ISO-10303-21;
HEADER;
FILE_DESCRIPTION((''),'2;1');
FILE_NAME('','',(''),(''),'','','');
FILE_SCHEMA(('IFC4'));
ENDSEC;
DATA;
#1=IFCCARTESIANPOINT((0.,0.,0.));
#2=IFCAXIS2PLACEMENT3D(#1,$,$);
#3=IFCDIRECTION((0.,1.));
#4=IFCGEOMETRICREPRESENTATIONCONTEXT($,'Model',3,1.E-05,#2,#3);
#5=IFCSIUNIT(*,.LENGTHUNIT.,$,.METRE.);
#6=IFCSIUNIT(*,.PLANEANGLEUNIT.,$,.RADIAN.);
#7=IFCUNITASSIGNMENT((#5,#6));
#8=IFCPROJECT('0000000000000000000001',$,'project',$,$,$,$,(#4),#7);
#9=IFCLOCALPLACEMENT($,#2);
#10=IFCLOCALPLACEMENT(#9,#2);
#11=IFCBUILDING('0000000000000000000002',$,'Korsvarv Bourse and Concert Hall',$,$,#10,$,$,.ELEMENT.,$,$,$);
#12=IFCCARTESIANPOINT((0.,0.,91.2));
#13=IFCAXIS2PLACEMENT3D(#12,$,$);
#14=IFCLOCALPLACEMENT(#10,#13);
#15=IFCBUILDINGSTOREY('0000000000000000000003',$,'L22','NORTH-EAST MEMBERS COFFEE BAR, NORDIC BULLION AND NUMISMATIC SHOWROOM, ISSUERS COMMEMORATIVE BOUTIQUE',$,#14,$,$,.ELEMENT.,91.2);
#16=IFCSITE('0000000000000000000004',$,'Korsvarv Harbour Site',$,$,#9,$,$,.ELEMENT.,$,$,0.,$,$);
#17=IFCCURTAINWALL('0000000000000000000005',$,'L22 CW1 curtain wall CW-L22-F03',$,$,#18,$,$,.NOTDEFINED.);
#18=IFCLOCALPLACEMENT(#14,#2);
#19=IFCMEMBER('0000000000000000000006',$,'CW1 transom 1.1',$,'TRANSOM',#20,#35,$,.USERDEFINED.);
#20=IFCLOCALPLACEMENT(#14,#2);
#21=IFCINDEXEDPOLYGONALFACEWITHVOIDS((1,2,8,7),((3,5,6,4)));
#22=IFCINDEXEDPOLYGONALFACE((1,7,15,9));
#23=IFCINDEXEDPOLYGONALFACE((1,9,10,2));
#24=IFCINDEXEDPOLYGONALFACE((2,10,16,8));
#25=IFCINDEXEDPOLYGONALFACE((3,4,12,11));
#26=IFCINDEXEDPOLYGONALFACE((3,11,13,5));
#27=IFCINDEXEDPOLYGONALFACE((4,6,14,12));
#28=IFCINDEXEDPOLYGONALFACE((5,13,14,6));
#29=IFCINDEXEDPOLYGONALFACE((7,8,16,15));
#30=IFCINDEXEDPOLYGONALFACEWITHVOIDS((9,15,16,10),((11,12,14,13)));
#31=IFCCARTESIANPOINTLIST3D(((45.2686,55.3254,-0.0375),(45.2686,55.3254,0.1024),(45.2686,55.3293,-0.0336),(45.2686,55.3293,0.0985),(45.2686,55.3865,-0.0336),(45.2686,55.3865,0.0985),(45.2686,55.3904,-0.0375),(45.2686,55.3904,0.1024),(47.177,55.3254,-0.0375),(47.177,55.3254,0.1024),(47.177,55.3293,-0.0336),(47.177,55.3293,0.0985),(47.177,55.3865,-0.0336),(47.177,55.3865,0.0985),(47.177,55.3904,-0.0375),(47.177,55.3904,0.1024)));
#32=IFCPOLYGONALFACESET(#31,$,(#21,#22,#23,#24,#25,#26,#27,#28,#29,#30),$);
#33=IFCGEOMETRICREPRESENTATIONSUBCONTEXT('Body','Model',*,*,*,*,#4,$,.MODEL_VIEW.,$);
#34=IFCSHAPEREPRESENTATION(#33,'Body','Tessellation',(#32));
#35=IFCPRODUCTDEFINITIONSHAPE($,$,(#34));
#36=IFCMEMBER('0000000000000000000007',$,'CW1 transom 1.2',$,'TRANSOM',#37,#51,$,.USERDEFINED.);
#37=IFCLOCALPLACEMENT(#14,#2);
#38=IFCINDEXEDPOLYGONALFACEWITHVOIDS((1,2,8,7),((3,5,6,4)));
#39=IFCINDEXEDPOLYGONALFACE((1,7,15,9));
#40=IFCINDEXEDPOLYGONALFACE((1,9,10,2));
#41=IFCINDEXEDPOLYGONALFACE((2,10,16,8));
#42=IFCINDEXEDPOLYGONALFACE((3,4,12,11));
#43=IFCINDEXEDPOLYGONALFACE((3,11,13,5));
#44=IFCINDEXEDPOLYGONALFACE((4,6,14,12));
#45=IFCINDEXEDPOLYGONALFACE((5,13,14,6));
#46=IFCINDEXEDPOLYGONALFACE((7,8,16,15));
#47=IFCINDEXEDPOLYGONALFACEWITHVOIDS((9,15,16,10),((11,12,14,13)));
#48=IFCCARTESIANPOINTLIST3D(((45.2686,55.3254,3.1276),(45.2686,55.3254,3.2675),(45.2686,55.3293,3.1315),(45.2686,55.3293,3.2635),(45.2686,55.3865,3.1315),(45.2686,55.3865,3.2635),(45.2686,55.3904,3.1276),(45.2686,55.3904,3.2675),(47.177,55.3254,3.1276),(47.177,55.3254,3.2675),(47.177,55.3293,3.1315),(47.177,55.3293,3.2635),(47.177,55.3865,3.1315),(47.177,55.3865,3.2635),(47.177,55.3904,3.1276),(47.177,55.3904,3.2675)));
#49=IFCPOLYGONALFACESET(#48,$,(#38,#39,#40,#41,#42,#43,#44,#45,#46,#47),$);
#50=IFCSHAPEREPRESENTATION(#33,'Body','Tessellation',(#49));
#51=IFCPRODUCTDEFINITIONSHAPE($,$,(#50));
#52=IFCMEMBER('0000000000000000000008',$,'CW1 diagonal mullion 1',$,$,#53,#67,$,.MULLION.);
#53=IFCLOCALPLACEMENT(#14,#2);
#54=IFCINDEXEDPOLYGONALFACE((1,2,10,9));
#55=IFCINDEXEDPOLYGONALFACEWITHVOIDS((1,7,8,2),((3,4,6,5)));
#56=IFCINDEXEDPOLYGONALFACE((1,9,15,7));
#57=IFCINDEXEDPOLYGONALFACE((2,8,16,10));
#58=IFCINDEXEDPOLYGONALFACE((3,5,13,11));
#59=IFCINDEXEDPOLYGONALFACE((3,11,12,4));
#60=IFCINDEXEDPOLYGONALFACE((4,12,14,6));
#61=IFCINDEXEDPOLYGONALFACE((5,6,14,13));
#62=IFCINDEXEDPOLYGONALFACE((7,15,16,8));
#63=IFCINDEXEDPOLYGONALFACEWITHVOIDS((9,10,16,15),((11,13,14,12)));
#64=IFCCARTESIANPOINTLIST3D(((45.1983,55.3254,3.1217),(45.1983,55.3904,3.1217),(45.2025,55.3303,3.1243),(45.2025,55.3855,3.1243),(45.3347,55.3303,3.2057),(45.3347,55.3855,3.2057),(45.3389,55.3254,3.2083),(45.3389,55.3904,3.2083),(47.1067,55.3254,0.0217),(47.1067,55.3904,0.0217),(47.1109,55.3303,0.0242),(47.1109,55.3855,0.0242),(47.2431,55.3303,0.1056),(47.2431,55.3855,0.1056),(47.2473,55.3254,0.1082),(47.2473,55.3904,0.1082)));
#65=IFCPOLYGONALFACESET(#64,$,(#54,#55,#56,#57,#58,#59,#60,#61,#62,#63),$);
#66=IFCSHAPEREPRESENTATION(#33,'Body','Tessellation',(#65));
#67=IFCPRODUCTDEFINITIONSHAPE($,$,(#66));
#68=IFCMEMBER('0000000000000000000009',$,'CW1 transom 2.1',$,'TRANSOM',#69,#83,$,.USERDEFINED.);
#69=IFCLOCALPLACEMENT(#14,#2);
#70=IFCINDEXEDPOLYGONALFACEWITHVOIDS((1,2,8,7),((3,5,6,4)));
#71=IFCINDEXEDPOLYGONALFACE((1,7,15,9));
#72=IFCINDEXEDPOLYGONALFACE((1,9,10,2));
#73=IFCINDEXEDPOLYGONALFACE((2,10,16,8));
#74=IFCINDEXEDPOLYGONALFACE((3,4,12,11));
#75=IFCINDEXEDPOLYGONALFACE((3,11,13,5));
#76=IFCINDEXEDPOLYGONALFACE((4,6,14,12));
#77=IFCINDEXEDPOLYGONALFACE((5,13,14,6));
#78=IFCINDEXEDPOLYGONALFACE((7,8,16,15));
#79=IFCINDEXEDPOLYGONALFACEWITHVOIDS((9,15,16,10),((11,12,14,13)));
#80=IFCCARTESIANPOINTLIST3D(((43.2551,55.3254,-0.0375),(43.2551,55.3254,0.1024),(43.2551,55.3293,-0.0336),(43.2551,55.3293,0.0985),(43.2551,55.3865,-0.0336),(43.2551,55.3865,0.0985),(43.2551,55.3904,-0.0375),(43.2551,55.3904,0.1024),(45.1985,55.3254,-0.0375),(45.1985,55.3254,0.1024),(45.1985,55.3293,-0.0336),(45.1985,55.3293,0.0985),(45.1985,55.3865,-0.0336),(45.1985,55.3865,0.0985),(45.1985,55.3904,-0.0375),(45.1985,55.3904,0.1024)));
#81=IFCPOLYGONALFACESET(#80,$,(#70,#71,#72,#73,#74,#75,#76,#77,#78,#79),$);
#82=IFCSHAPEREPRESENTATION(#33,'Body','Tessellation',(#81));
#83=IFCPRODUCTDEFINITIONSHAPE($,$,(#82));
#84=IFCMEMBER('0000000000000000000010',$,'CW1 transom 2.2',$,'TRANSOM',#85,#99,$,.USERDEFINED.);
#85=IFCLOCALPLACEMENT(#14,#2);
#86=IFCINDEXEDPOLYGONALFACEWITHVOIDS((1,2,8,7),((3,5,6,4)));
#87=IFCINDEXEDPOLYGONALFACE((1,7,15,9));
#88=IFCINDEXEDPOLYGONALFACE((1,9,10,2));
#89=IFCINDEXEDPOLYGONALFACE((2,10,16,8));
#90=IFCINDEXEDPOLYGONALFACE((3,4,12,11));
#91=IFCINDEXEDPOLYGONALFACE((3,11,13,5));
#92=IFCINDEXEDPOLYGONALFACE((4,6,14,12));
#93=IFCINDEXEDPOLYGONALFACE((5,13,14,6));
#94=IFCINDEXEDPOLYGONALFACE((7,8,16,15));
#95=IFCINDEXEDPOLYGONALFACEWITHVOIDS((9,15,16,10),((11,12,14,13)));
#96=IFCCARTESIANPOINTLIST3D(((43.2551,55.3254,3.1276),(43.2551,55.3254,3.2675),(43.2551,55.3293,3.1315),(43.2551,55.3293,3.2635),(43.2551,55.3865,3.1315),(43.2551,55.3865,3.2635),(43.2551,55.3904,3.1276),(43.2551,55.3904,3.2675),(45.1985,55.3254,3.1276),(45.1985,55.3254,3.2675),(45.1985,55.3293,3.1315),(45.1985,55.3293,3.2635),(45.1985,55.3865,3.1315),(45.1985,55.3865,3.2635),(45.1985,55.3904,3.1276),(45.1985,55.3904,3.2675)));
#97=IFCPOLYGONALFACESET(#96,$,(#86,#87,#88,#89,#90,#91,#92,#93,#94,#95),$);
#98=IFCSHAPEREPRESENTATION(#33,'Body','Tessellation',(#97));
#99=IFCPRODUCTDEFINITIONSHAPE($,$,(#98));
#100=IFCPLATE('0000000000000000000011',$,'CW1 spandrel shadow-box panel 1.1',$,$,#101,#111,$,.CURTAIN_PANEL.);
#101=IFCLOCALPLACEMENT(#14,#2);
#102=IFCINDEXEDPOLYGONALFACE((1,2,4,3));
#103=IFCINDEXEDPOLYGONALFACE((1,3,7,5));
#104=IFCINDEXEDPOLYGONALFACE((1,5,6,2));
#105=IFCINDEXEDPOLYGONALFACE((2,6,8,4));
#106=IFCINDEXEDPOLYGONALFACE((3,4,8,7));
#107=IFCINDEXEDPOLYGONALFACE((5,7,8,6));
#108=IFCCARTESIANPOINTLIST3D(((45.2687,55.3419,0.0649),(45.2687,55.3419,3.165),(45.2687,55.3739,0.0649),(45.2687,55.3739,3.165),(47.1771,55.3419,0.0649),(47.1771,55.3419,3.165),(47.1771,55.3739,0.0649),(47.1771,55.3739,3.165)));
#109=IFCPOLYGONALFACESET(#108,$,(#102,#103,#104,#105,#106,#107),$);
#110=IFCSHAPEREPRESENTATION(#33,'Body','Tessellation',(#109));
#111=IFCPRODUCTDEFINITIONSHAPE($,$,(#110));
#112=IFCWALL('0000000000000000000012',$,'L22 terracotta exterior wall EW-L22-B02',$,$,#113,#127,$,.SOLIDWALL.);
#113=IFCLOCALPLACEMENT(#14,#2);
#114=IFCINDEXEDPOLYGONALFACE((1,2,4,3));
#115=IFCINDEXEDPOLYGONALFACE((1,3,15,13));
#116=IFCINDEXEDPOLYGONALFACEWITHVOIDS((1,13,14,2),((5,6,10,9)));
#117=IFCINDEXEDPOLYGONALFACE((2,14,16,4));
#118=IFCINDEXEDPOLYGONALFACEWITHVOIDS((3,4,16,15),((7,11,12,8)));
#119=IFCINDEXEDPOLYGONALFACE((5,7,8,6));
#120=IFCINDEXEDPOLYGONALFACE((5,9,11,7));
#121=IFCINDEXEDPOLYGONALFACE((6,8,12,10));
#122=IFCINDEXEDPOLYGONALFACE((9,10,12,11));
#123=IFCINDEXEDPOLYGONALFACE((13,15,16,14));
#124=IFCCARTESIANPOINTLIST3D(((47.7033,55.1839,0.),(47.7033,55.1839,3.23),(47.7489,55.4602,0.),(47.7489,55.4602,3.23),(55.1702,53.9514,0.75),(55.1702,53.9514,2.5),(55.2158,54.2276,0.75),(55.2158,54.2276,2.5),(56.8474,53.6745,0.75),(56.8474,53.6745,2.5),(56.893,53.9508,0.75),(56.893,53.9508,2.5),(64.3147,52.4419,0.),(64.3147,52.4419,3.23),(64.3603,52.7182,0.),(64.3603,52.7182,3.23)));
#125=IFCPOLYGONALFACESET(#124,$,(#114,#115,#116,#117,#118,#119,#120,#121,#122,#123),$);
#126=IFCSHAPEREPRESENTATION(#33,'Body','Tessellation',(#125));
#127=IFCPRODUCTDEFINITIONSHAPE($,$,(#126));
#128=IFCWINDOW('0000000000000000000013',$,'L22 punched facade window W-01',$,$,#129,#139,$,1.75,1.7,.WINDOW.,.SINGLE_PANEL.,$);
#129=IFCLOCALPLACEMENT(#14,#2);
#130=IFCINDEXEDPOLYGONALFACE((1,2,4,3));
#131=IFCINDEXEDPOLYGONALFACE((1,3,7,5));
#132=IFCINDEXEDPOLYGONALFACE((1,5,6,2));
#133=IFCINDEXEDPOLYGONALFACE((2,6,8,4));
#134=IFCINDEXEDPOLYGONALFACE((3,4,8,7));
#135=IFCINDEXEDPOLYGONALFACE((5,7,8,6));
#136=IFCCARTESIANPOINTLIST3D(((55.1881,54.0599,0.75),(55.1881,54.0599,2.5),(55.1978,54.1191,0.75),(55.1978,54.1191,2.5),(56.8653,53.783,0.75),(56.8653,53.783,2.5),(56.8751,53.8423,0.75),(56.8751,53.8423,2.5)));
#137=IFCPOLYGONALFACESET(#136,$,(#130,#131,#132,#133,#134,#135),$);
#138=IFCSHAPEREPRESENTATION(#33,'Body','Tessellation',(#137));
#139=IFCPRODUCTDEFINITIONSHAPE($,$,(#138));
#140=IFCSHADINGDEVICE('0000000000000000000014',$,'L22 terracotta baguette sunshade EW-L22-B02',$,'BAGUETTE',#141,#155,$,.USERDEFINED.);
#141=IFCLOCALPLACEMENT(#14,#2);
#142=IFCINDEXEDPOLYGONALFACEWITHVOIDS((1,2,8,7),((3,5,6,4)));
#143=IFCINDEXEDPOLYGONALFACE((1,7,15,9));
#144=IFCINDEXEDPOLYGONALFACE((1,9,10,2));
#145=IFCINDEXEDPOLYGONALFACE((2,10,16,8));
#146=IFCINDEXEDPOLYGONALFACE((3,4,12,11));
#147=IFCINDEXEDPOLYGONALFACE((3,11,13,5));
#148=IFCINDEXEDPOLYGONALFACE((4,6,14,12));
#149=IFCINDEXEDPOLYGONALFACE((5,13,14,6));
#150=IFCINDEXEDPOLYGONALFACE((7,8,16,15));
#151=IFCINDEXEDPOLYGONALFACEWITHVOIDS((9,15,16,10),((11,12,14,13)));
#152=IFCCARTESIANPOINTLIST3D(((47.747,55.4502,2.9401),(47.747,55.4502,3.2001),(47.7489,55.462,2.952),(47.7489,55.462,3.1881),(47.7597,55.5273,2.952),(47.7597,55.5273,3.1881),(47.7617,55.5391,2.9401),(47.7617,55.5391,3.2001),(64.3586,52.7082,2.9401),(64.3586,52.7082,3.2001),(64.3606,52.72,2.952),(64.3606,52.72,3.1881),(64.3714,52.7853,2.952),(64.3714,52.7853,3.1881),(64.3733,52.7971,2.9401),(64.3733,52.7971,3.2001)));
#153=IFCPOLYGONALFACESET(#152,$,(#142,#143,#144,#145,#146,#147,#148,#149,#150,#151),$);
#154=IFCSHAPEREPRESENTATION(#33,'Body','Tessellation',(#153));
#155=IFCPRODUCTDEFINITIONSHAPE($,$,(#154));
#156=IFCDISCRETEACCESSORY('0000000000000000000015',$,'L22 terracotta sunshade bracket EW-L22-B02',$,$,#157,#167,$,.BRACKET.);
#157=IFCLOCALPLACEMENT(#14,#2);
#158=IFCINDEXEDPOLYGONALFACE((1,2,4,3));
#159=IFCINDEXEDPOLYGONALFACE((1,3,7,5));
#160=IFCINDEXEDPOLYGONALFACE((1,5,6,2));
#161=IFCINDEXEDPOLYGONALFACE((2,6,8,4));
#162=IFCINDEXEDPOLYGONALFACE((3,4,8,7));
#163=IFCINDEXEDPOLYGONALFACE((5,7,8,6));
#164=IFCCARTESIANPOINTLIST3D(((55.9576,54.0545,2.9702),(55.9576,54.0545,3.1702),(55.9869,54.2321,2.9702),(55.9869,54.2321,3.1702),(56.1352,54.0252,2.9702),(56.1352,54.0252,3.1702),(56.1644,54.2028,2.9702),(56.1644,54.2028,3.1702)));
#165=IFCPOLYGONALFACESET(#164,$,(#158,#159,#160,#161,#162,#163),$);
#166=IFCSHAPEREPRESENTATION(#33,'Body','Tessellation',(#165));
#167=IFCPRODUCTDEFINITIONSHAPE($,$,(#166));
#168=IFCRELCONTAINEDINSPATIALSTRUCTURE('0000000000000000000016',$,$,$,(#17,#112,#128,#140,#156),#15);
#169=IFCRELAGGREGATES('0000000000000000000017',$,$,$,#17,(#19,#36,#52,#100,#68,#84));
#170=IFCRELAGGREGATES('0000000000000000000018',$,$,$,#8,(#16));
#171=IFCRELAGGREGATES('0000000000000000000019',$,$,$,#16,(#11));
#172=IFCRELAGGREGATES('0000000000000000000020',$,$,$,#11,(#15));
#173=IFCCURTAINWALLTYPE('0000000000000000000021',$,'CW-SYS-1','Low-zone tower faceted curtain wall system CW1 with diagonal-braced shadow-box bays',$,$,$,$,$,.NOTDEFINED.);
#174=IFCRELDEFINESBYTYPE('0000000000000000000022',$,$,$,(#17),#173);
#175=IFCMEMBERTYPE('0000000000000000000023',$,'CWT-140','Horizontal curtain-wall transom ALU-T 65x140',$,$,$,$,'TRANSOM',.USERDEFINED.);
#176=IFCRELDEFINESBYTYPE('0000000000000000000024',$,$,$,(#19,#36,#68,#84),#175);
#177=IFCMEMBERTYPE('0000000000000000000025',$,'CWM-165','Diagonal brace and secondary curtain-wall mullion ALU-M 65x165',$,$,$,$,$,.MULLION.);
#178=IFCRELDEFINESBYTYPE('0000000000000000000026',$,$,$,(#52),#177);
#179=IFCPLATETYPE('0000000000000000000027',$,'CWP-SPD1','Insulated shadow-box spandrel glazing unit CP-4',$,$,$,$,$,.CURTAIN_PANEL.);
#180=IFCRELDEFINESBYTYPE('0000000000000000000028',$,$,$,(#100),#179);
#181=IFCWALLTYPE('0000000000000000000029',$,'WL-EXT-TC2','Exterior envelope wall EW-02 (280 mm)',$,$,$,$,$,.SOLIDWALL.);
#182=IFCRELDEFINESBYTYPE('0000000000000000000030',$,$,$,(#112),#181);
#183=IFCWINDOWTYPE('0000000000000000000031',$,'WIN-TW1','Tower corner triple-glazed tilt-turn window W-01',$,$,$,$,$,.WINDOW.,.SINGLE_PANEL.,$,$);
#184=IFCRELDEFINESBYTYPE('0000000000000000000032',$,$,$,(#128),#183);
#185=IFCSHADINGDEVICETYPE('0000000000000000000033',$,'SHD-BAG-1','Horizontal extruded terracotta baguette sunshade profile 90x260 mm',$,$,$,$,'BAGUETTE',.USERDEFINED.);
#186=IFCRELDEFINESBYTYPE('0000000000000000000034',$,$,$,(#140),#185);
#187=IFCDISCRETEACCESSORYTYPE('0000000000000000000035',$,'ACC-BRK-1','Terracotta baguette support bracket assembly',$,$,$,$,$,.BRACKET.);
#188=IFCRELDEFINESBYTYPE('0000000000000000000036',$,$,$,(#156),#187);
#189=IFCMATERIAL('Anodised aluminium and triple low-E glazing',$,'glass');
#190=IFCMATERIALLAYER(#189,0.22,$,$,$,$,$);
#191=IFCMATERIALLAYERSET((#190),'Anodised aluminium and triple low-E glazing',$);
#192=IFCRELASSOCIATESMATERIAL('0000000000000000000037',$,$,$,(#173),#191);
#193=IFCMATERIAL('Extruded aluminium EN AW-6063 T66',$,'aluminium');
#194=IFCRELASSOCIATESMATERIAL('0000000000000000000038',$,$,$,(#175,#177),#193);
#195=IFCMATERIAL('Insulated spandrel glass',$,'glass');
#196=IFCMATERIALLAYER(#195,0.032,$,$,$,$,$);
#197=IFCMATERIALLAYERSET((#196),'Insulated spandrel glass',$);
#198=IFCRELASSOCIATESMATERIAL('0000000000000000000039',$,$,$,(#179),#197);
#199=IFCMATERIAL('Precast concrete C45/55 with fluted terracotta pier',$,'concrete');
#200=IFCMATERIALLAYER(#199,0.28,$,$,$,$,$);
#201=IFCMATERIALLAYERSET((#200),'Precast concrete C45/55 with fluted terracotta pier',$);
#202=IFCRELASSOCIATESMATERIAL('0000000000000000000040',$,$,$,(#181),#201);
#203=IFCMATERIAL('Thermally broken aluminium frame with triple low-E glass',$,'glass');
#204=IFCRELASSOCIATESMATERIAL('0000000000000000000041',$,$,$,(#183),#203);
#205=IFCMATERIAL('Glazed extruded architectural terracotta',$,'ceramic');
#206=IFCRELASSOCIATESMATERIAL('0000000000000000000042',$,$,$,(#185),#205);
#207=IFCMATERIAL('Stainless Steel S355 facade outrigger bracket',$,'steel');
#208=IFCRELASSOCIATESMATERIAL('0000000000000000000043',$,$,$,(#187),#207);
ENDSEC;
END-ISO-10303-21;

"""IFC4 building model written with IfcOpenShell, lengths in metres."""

from ifc_helpers import new_model, si_unit, direction, frame, frame_2d, origin, origin_2d, place, context, subcontext, project, spatial, rectangle, hollow_rectangle, extrude, source, transform, mapped, material, layer, layer_set, material_profile, profile_set, type_object, element, fill, aggregate, save


model = new_model("IFC4")

# Units and contexts
model_context = context("Model", 3, precision=1e-05, world=origin(), true_north=direction((0.0, 1.0)))
body_context = subcontext(model_context, "Body", "Model", "MODEL_VIEW")
ifc_project = project(units=[si_unit("LENGTHUNIT", "METRE"), si_unit("PLANEANGLEUNIT", "RADIAN")], contexts=[model_context])

# Site, building, storey
site_placement = place(None, origin())
site = spatial("IfcSite", under=ifc_project, at=site_placement, Name="Korsvarv Harbour Site", CompositionType="ELEMENT", RefElevation=0.0)
building_placement = place(site_placement, origin())
building = spatial("IfcBuilding", under=site, at=building_placement, Name="Korsvarv Bourse and Concert Hall", CompositionType="ELEMENT")
storey_placement = place(building_placement, frame((0.0, 0.0, 91.2)))
storey = spatial("IfcBuildingStorey", under=building, at=storey_placement, Name="L22", Description="NORTH-EAST MEMBERS COFFEE BAR, NORDIC BULLION AND NUMISMATIC SHOWROOM, ISSUERS COMMEMORATIVE BOUTIQUE", CompositionType="ELEMENT", Elevation=91.2)

# Curtain wall, members, plate
ifc_material_1 = material(Name="Anodised aluminium and triple low-E glazing", Category="glass")
ifc_layer_1 = layer(ifc_material_1, 0.22)
ifc_layer_set_1 = layer_set([ifc_layer_1], Name="Anodised aluminium and triple low-E glazing")
curtain_wall_type = type_object("IfcCurtainWallType", Name="CW-SYS-1", Description="Low-zone tower faceted curtain wall system CW1 with diagonal-braced shadow-box bays", PredefinedType="NOTDEFINED", material=ifc_layer_set_1)
curtain_wall_placement = place(storey_placement, origin())
curtain_wall = element("IfcCurtainWall", 1, at=curtain_wall_placement, inside=storey, type_object=curtain_wall_type, Name="L22 CW1 curtain wall CW-L22-F03", PredefinedType="NOTDEFINED")
ifc_material_2 = material(Name="Extruded aluminium EN AW-6063 T66", Category="aluminium")
ifc_material_profile_1 = material_profile(ifc_material_2, hollow_rectangle(XDim=0.0649, YDim=0.1399, WallThickness=0.0039, at=origin_2d()), Name="ALU-T 65x140")
ifc_profile_set_1 = profile_set([ifc_material_profile_1], Name="Extruded aluminium EN AW-6063 T66")
member_type_1 = type_object("IfcMemberType", Name="CWT-140", Description="Horizontal curtain-wall transom ALU-T 65x140", ElementType="TRANSOM", PredefinedType="USERDEFINED", material=ifc_profile_set_1)
shared_shape_1 = source(origin(), body_context, "Body", "SweptSolid", [
    extrude(hollow_rectangle(XDim=0.0649, YDim=0.1399, WallThickness=0.0039, at=origin_2d()), origin(), (0.0, 0.0, 1.0), 1.9084),
])
member_1_placement = place(storey_placement, frame((47.177, 55.3579, 0.0325), z_axis=(-1.0, 0.0, 0.0), x_axis=(0.0, -1.0, 0.0)))
member_1 = element("IfcMember", 2, at=member_1_placement, type_object=member_type_1, Name="CW1 transom 1.1", ObjectType="TRANSOM", PredefinedType="USERDEFINED", context=body_context, shape_type="MappedRepresentation", body=[
    mapped(shared_shape_1, transform((0.0, 0.0, 0.0), scale=1.0)),
])
member_2_placement = place(storey_placement, frame((47.177, 55.3579, 3.1975), z_axis=(-1.0, 0.0, 0.0), x_axis=(0.0, -1.0, 0.0)))
member_2 = element("IfcMember", 3, at=member_2_placement, type_object=member_type_1, Name="CW1 transom 1.2", ObjectType="TRANSOM", PredefinedType="USERDEFINED", context=body_context, shape_type="MappedRepresentation", body=[
    mapped(shared_shape_1, transform((0.0, 0.0, 0.0), scale=1.0)),
])
ifc_material_profile_2 = material_profile(ifc_material_2, hollow_rectangle(XDim=0.0649, YDim=0.165, WallThickness=0.0049, at=origin_2d()), Name="ALU-M 65x165")
ifc_profile_set_2 = profile_set([ifc_material_profile_2], Name="Extruded aluminium EN AW-6063 T66")
member_type_2 = type_object("IfcMemberType", Name="CWM-165", Description="Diagonal brace and secondary curtain-wall mullion ALU-M 65x165", PredefinedType="MULLION", material=ifc_profile_set_2)
shared_shape_2 = source(origin(), body_context, "Body", "SweptSolid", [
    extrude(hollow_rectangle(XDim=0.0649, YDim=0.165, WallThickness=0.0049, at=origin_2d()), origin(), (0.0, 0.0, 1.0), 3.6404),
])
member_3_placement = place(storey_placement, frame((47.177, 55.3579, 0.0649), z_axis=(-0.524236, 0.0, 0.851573), x_axis=(0.0, -1.0, 0.0)))
member_3 = element("IfcMember", 4, at=member_3_placement, type_object=member_type_2, Name="CW1 diagonal mullion 1", PredefinedType="MULLION", context=body_context, shape_type="MappedRepresentation", body=[
    mapped(shared_shape_2, transform((0.0, 0.0, 0.0), scale=1.0)),
])
shared_shape_3 = source(origin(), body_context, "Body", "SweptSolid", [
    extrude(hollow_rectangle(XDim=0.0649, YDim=0.1399, WallThickness=0.0039, at=origin_2d()), origin(), (0.0, 0.0, 1.0), 1.9434),
])
member_4_placement = place(storey_placement, frame((45.1985, 55.3579, 0.0325), z_axis=(-1.0, 0.0, 0.0), x_axis=(0.0, -1.0, 0.0)))
member_4 = element("IfcMember", 5, at=member_4_placement, type_object=member_type_1, Name="CW1 transom 2.1", ObjectType="TRANSOM", PredefinedType="USERDEFINED", context=body_context, shape_type="MappedRepresentation", body=[
    mapped(shared_shape_3, transform((0.0, 0.0, 0.0), scale=1.0)),
])
member_5_placement = place(storey_placement, frame((45.1985, 55.3579, 3.1975), z_axis=(-1.0, 0.0, 0.0), x_axis=(0.0, -1.0, 0.0)))
member_5 = element("IfcMember", 6, at=member_5_placement, type_object=member_type_1, Name="CW1 transom 2.2", ObjectType="TRANSOM", PredefinedType="USERDEFINED", context=body_context, shape_type="MappedRepresentation", body=[
    mapped(shared_shape_3, transform((0.0, 0.0, 0.0), scale=1.0)),
])
ifc_material_3 = material(Name="Insulated spandrel glass", Category="glass")
ifc_layer_2 = layer(ifc_material_3, 0.032)
ifc_layer_set_2 = layer_set([ifc_layer_2], Name="Insulated spandrel glass")
plate_type = type_object("IfcPlateType", Name="CWP-SPD1", Description="Insulated shadow-box spandrel glazing unit CP-4", PredefinedType="CURTAIN_PANEL", material=ifc_layer_set_2)
shared_shape_4 = source(origin(), body_context, "Body", "SweptSolid", [
    extrude(rectangle(XDim=1.9084, YDim=0.032, at=origin_2d()), origin(), (0.0, 0.0, 1.0), 3.1001),
])
plate_placement = place(storey_placement, frame((46.2229, 55.3579, 0.0649), z_axis=(0.0, 0.0, 1.0), x_axis=(-1.0, 0.0, 0.0)))
plate = element("IfcPlate", 7, at=plate_placement, type_object=plate_type, Name="CW1 spandrel shadow-box panel 1.1", PredefinedType="CURTAIN_PANEL", context=body_context, shape_type="MappedRepresentation", body=[
    mapped(shared_shape_4, transform((0.0, 0.0, 0.0), scale=1.0)),
])
aggregate(curtain_wall, [member_1, member_2, member_3, plate, member_4, member_5])

# Wall, opening, window
ifc_material_4 = material(Name="Precast concrete C45/55 with fluted terracotta pier", Category="concrete")
ifc_layer_3 = layer(ifc_material_4, 0.28)
ifc_layer_set_3 = layer_set([ifc_layer_3], Name="Precast concrete C45/55 with fluted terracotta pier")
wall_type = type_object("IfcWallType", Name="WL-EXT-TC2", Description="Exterior envelope wall EW-02 (280 mm)", PredefinedType="SOLIDWALL", material=ifc_layer_set_3)
wall_placement = place(storey_placement, frame((64.3374, 52.5801, 0.0), z_axis=(0.0, 0.0, 1.0), x_axis=(-0.986649, 0.162861, 0.0)))
wall = element("IfcWall", 8, at=wall_placement, inside=storey, type_object=wall_type, Name="L22 terracotta exterior wall EW-L22-B02", PredefinedType="SOLIDWALL", context=body_context, shape_type="SweptSolid", body=[
    extrude(rectangle(XDim=16.8362, YDim=0.28, at=frame_2d((8.418, 0.0))), origin(), (0.0, 0.0, 1.0), 3.23),
])
opening_placement = place(wall_placement, frame((7.5681, 0.0, 0.75)))
opening = element("IfcOpeningElement", 9, at=opening_placement, cuts=wall, PredefinedType="OPENING", context=body_context, shape_type="SweptSolid", body=[
    extrude(rectangle(XDim=1.7, YDim=1.75, at=frame_2d((0.8501, 0.875))), frame((0.0, 0.1499, 0.0), z_axis=(0.0, -1.0, 0.0), x_axis=(1.0, 0.0, 0.0)), (0.0, 0.0, 1.0), 0.3),
])
ifc_material_5 = material(Name="Thermally broken aluminium frame with triple low-E glass", Category="glass")
window_type = type_object("IfcWindowType", Name="WIN-TW1", Description="Tower corner triple-glazed tilt-turn window W-01", PartitioningType="SINGLE_PANEL", PredefinedType="WINDOW", material=ifc_material_5)
window_placement = place(opening_placement, origin())
window = element("IfcWindow", 10, at=window_placement, inside=storey, type_object=window_type, Name="L22 punched facade window W-01", OverallHeight=1.75, OverallWidth=1.7, PartitioningType="SINGLE_PANEL", PredefinedType="WINDOW", context=body_context, shape_type="SweptSolid", body=[
    extrude(rectangle(XDim=1.7, YDim=1.75, at=frame_2d((0.8501, 0.875))), frame((0.0, 0.03, 0.0), z_axis=(0.0, -1.0, 0.0), x_axis=(1.0, 0.0, 0.0)), (0.0, 0.0, 1.0), 0.0601),
])
fill(opening, window)

# Shading device
ifc_material_6 = material(Name="Glazed extruded architectural terracotta", Category="ceramic")
ifc_material_profile_3 = material_profile(ifc_material_6, hollow_rectangle(XDim=0.0901, YDim=0.26, WallThickness=0.012, at=origin_2d()), Name="TC-BAG 90x260")
ifc_profile_set_3 = profile_set([ifc_material_profile_3], Name="Glazed extruded architectural terracotta")
shading_device_type = type_object("IfcShadingDeviceType", Name="SHD-BAG-1", Description="Horizontal extruded terracotta baguette sunshade profile 90x260 mm", ElementType="BAGUETTE", PredefinedType="USERDEFINED", material=ifc_profile_set_3)
shared_shape_5 = source(origin(), body_context, "Body", "SweptSolid", [
    extrude(hollow_rectangle(XDim=0.0901, YDim=0.26, WallThickness=0.012, at=origin_2d()), origin(), (0.0, 0.0, 1.0), 16.8364),
])
shading_device_placement = place(storey_placement, frame((64.366, 52.7527, 3.0701), z_axis=(-0.986649, 0.162859, 0.0), x_axis=(-0.162859, -0.986649, 0.0)))
element("IfcShadingDevice", 11, at=shading_device_placement, inside=storey, type_object=shading_device_type, Name="L22 terracotta baguette sunshade EW-L22-B02", ObjectType="BAGUETTE", PredefinedType="USERDEFINED", context=body_context, shape_type="MappedRepresentation", body=[
    mapped(shared_shape_5, transform((0.0, 0.0, 0.0), scale=1.0)),
])

# Discrete accessory
ifc_material_7 = material(Name="Stainless Steel S355 facade outrigger bracket", Category="steel")
discrete_accessory_type = type_object("IfcDiscreteAccessoryType", Name="ACC-BRK-1", Description="Terracotta baguette support bracket assembly", PredefinedType="BRACKET", material=ifc_material_7)
shared_shape_6 = source(origin(), body_context, "Body", "SweptSolid", [
    extrude(rectangle(XDim=0.1799, YDim=0.1799, at=origin_2d()), origin(), (0.0, 0.0, 1.0), 0.2),
])
discrete_accessory_placement = place(storey_placement, frame((56.061, 54.1287, 2.9702), z_axis=(0.0, 0.0, 1.0), x_axis=(-0.986658, 0.162809, 0.0)))
element("IfcDiscreteAccessory", 12, at=discrete_accessory_placement, inside=storey, type_object=discrete_accessory_type, Name="L22 terracotta sunshade bracket EW-L22-B02", PredefinedType="BRACKET", context=body_context, shape_type="MappedRepresentation", body=[
    mapped(shared_shape_6, transform((0.0, 0.0, 0.0), scale=1.0)),
])

save(model, "model.ifc")
